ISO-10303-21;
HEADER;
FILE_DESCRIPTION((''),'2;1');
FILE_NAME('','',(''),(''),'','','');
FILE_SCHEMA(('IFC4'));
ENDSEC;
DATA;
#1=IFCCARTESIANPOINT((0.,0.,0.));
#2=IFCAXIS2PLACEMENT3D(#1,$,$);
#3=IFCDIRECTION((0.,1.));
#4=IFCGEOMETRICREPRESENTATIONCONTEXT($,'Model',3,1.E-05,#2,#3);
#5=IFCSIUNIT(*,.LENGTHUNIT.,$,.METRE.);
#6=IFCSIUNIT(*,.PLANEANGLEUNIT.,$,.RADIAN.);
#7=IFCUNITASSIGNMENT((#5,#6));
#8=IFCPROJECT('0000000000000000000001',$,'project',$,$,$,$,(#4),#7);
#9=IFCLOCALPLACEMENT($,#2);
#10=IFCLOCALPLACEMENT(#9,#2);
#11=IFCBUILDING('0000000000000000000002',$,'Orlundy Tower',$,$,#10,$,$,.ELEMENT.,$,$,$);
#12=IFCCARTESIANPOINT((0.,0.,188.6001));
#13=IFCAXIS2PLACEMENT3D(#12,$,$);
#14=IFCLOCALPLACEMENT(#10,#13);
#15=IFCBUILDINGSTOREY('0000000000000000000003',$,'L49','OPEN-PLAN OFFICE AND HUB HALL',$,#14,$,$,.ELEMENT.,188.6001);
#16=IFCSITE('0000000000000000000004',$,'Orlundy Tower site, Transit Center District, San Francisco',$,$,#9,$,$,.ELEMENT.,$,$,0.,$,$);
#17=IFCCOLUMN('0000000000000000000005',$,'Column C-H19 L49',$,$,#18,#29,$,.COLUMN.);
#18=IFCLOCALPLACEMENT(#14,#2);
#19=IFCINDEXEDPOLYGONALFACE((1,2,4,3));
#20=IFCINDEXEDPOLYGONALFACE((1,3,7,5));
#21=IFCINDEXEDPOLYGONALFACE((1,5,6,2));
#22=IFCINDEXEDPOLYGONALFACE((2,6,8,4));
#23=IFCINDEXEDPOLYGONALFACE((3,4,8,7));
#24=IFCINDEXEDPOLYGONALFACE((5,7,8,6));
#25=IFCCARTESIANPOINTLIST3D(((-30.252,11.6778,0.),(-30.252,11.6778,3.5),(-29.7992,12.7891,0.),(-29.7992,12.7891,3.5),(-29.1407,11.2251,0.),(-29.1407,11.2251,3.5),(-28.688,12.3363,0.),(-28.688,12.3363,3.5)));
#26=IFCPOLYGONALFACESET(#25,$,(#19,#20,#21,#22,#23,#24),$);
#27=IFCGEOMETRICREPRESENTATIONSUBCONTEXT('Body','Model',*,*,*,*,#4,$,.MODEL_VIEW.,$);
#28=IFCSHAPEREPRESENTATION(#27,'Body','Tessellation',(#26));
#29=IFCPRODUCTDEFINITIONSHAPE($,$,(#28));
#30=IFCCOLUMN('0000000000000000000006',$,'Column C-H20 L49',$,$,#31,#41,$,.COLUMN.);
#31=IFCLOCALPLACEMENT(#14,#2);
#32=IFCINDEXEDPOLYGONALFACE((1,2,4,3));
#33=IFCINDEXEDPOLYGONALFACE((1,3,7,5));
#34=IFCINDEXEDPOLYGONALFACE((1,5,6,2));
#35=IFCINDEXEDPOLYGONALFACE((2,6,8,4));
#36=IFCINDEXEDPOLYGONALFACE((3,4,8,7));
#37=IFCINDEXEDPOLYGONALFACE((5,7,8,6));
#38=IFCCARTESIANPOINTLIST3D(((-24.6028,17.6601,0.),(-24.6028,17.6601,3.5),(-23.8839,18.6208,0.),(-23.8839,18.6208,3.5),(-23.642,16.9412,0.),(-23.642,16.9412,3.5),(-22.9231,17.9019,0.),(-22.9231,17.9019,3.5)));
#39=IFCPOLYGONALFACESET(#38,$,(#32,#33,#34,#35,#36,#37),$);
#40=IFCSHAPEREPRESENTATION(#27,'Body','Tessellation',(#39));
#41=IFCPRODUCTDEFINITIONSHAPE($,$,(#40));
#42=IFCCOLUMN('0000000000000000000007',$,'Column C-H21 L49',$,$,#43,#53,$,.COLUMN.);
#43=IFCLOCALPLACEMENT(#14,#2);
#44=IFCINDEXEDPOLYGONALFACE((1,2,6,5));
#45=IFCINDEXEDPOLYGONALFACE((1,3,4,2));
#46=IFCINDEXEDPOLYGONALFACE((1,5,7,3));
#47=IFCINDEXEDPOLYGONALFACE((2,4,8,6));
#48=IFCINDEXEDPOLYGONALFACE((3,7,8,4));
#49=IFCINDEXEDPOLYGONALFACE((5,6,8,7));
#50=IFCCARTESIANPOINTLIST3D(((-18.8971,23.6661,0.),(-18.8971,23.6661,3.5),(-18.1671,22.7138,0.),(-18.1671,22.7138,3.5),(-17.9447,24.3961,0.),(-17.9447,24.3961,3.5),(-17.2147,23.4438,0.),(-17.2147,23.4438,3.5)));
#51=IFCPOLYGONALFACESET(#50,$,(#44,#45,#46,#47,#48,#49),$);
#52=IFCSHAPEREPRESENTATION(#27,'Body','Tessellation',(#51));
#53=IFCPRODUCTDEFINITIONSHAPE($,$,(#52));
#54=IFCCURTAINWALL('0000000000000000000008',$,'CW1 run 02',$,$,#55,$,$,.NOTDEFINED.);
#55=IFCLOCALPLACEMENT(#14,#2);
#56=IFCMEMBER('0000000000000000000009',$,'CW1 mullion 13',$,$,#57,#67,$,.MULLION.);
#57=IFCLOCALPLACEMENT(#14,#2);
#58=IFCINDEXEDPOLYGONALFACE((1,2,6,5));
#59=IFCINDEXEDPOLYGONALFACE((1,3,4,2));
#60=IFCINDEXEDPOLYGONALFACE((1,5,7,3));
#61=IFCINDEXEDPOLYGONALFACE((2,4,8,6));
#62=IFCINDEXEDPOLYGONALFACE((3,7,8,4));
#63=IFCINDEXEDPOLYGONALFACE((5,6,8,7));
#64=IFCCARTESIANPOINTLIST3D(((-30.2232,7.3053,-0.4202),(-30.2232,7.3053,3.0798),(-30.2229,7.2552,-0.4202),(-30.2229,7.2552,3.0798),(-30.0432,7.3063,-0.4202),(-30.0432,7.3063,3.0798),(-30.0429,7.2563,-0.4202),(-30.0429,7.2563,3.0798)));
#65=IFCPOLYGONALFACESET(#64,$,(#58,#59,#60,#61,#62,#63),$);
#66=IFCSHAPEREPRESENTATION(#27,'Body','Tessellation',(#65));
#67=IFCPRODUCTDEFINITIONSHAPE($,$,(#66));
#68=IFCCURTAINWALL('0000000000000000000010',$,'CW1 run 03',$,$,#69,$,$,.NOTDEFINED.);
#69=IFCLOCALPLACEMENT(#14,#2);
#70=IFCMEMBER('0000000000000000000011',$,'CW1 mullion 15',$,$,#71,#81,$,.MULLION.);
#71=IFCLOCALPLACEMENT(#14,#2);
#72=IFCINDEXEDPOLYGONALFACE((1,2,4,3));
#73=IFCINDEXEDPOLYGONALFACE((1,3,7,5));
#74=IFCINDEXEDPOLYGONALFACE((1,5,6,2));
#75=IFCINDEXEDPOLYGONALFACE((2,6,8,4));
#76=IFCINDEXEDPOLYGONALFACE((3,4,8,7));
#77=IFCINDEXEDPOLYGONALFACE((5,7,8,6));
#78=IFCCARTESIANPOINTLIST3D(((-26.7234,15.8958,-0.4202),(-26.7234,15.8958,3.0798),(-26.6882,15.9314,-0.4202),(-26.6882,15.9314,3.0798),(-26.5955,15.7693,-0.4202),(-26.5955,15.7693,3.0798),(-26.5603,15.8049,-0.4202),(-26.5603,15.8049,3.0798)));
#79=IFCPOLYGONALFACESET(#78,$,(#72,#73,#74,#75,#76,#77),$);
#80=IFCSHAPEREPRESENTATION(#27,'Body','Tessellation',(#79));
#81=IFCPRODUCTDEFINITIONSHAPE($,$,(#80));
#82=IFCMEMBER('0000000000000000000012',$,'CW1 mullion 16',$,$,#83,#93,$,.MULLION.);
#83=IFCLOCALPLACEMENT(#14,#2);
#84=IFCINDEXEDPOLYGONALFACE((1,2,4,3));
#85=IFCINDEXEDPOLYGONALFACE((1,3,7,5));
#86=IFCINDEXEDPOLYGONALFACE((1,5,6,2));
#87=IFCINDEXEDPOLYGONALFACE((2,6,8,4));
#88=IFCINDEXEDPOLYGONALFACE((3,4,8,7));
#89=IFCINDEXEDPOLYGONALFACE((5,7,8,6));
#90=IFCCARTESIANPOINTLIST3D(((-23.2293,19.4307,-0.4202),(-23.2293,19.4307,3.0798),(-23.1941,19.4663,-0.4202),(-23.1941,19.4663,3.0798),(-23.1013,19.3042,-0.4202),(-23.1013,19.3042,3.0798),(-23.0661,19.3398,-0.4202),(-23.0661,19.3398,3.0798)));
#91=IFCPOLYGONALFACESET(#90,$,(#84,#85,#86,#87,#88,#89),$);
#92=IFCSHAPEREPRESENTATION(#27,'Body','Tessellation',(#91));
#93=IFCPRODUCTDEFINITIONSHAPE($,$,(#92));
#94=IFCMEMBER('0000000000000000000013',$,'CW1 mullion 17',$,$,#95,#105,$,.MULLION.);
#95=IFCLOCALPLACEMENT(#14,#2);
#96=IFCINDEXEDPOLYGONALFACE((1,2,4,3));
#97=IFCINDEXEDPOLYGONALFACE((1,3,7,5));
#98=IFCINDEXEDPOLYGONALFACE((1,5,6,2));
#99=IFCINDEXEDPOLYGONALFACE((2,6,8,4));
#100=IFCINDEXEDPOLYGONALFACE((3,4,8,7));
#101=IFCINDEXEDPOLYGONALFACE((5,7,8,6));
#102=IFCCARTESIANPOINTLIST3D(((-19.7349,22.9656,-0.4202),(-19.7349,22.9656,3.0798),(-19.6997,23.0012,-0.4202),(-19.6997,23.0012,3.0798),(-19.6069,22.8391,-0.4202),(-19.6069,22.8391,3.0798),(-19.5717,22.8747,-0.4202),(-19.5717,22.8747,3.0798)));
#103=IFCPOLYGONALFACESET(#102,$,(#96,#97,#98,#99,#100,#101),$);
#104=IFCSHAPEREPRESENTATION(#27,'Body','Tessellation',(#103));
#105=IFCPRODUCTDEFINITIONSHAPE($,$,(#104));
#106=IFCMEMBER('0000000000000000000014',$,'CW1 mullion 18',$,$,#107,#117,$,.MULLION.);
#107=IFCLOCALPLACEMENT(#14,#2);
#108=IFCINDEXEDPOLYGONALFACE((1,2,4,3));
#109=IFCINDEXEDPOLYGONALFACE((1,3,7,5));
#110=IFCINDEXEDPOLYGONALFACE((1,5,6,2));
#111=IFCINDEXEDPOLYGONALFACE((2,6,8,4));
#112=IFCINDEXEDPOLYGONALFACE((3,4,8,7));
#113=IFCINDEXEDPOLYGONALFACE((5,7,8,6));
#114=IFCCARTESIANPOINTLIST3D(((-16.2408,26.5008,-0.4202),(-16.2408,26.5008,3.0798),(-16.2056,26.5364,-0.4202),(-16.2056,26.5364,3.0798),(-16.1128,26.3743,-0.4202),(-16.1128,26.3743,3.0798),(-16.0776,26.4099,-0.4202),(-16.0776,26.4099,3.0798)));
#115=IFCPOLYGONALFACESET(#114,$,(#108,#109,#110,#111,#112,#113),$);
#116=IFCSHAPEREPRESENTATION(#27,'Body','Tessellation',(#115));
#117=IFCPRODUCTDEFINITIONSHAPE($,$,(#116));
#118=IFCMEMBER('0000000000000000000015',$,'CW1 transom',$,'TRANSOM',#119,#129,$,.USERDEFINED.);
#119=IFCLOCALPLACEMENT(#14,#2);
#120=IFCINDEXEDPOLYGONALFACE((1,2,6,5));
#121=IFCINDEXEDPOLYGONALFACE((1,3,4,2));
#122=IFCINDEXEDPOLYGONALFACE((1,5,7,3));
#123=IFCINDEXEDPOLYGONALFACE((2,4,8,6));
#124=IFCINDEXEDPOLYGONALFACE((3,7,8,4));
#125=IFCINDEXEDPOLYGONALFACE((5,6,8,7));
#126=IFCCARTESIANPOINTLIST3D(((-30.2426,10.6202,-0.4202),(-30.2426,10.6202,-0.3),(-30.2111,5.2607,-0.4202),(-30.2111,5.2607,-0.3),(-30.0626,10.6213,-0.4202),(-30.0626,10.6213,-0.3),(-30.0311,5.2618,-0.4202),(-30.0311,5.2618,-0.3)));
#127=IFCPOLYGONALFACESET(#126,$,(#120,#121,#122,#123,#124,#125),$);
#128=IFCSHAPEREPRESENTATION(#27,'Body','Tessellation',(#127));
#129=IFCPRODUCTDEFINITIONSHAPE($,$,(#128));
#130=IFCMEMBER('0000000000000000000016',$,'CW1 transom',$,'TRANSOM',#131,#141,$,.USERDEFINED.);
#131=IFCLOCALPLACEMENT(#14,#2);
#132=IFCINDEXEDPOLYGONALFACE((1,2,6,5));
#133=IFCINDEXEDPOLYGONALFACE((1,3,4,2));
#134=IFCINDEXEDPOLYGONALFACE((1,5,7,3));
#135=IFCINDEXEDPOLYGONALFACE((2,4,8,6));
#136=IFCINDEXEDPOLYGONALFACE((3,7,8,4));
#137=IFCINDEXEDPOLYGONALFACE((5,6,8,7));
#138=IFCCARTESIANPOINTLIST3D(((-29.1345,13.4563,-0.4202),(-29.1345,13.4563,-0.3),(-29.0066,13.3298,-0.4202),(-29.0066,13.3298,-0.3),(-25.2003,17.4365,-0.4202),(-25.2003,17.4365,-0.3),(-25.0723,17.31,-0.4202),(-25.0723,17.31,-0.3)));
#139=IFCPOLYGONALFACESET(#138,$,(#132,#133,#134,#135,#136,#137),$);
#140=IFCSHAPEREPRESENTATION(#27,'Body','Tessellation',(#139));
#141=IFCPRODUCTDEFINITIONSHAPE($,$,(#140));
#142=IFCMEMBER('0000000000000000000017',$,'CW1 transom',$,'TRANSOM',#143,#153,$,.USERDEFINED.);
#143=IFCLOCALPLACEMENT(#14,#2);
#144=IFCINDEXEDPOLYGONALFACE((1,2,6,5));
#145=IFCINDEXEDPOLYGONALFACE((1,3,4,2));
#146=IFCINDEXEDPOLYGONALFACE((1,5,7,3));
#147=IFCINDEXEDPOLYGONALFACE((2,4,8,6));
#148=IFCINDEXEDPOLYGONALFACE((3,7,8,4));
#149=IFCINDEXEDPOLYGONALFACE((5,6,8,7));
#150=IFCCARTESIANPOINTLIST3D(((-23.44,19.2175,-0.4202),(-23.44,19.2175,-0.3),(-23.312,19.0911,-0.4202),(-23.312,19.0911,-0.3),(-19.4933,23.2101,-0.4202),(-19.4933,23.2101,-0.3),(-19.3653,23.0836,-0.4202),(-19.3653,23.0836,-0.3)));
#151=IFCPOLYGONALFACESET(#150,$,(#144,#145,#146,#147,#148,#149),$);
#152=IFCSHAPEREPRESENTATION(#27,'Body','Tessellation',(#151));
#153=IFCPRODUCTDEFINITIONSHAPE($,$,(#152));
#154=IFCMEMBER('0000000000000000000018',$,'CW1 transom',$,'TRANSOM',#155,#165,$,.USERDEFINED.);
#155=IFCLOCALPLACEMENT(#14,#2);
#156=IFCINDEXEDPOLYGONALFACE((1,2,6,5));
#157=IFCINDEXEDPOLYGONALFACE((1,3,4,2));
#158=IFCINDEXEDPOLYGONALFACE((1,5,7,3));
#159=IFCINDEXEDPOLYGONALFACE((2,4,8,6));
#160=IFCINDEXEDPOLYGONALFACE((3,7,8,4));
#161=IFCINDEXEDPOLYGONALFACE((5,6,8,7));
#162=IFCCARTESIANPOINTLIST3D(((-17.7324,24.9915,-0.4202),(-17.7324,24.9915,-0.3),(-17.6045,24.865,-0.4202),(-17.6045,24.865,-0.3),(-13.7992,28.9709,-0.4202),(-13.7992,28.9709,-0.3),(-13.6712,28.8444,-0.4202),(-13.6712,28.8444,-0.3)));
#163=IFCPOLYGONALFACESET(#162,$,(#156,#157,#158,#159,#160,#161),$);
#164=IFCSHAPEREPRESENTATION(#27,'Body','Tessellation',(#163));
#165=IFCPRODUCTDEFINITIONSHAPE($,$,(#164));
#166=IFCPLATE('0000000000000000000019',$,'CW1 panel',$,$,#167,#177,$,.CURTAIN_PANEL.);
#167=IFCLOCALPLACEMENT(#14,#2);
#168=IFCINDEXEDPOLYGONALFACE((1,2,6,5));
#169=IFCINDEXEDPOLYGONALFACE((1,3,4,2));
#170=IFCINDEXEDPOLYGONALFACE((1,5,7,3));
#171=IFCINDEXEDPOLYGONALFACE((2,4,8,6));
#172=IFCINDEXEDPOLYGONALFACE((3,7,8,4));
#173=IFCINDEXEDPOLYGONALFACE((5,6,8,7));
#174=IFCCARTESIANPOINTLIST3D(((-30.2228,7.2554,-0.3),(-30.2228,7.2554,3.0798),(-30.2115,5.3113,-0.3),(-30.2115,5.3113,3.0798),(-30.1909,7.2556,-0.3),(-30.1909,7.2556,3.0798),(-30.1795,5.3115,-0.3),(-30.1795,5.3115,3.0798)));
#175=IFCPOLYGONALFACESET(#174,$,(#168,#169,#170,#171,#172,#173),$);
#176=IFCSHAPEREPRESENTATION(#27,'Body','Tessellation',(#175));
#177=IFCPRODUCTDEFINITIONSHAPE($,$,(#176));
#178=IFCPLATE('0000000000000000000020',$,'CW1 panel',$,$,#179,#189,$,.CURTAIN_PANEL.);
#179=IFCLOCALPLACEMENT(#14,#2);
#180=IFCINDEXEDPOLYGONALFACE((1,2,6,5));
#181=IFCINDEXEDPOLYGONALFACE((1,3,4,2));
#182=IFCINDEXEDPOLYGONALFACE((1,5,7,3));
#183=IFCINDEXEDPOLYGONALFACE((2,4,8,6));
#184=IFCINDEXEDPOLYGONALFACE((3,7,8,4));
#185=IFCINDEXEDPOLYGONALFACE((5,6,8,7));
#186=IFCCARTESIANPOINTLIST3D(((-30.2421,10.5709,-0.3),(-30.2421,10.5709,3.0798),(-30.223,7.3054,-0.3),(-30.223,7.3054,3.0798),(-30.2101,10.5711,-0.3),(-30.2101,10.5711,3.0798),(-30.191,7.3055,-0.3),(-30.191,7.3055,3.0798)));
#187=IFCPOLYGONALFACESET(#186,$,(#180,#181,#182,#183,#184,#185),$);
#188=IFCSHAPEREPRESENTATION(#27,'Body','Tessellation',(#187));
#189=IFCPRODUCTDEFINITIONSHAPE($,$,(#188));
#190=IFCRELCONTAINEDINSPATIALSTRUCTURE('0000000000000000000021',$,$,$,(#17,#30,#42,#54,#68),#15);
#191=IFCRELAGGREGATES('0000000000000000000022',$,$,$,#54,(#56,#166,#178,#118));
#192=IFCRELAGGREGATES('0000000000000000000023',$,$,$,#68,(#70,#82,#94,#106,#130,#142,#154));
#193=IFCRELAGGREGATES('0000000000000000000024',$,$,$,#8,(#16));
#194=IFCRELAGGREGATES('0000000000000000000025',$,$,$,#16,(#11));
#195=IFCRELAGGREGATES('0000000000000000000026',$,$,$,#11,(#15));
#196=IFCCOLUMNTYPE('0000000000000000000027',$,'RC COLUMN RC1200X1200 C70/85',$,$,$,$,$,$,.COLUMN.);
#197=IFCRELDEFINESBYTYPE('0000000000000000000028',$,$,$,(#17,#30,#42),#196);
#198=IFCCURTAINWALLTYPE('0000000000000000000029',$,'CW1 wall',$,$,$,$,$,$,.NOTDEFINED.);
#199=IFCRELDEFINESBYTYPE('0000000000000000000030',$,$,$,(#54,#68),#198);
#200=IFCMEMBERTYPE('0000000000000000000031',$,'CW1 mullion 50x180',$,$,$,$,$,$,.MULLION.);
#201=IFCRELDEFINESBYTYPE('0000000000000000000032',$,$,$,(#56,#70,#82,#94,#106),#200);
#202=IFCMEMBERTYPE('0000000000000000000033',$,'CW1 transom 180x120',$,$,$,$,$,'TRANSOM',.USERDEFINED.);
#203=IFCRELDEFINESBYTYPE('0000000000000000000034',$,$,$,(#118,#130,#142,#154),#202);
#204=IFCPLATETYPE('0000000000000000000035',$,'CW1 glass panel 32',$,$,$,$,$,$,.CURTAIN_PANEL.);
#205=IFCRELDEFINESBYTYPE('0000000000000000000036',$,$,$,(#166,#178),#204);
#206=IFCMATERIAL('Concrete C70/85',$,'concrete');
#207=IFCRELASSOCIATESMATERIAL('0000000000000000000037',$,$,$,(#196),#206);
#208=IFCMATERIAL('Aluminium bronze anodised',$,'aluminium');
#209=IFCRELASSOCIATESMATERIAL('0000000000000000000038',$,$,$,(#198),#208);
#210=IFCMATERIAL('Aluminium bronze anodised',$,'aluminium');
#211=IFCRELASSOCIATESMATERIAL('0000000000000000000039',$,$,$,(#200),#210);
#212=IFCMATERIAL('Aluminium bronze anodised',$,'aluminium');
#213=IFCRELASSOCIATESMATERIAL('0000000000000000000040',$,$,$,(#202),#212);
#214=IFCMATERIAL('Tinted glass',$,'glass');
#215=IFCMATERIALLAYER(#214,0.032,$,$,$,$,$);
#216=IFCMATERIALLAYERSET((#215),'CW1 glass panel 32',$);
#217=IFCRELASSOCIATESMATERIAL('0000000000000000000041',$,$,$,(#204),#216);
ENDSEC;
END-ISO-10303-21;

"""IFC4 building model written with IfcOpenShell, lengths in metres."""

from ifc_helpers import new_model, si_unit, direction, frame, origin, origin_2d, place, context, subcontext, project, spatial, rectangle, extrude, material, layer, layer_set, material_profile, profile_set, type_object, element, aggregate, save


model = new_model("IFC4")

# Units and contexts
model_context = context("Model", 3, precision=1e-05, world=origin(), true_north=direction((0.0, 1.0)))
body_context = subcontext(model_context, "Body", "Model", "MODEL_VIEW")
ifc_project = project(units=[si_unit("LENGTHUNIT", "METRE"), si_unit("PLANEANGLEUNIT", "RADIAN")], contexts=[model_context])

# Site, building, storey
site_placement = place(None, origin())
site = spatial("IfcSite", under=ifc_project, at=site_placement, Name="Orlundy Tower site, Transit Center District, San Francisco", CompositionType="ELEMENT", RefElevation=0.0)
building_placement = place(site_placement, origin())
building = spatial("IfcBuilding", under=site, at=building_placement, Name="Orlundy Tower", CompositionType="ELEMENT")
storey_placement = place(building_placement, frame((0.0, 0.0, 188.6001)))
storey = spatial("IfcBuildingStorey", under=building, at=storey_placement, Name="L49", Description="OPEN-PLAN OFFICE AND HUB HALL", CompositionType="ELEMENT", Elevation=188.6001)

# Columns
ifc_material_1 = material(Name="Concrete C70/85", Category="concrete")
ifc_material_profile_1 = material_profile(ifc_material_1, rectangle(XDim=1.2, YDim=1.2, at=origin_2d()), Name="RC1200X1200")
ifc_profile_set_1 = profile_set([ifc_material_profile_1], Name="Concrete C70/85")
column_type = type_object("IfcColumnType", Name="RC COLUMN RC1200X1200 C70/85", PredefinedType="COLUMN", material=ifc_profile_set_1)
for number, where, z_axis, x_axis, name in (
    (1, (-29.47, 12.0071, 0.0), (0.0, 0.0, 1.0), (-0.926081, 0.377324, 0.0), "Column C-H19 L49"),
    (2, (-23.7629, 17.781, 0.0), (0.0, 0.0, 1.0), (-0.800669, 0.599107, 0.0), "Column C-H20 L49"),
    (3, (-18.0559, 23.5549, 0.0), (0.0, 0.0, 1.0), (-0.608374, 0.793651, 0.0), "Column C-H21 L49"),
):
    element("IfcColumn", number, at=place(storey_placement, frame(where, z_axis=z_axis, x_axis=x_axis)), inside=storey, type_object=column_type, Name=name, PredefinedType="COLUMN", context=body_context, shape_type="SweptSolid", body=[
        extrude(rectangle(XDim=1.2, YDim=1.2, at=origin_2d()), origin(), (0.0, 0.0, 1.0), 3.5),
    ])

# Curtain wall, member
ifc_material_2 = material(Name="Aluminium bronze anodised", Category="aluminium")
curtain_wall_type = type_object("IfcCurtainWallType", Name="CW1 wall", PredefinedType="NOTDEFINED", material=ifc_material_2)
curtain_wall_1_placement = place(storey_placement, origin())
curtain_wall_1 = element("IfcCurtainWall", 4, at=curtain_wall_1_placement, inside=storey, type_object=curtain_wall_type, Name="CW1 run 02", PredefinedType="NOTDEFINED")
ifc_material_3 = material(Name="Aluminium bronze anodised", Category="aluminium")
ifc_material_profile_2 = material_profile(ifc_material_3, rectangle(XDim=0.1799, YDim=0.05, at=origin_2d()), Name="CW1 mullion 50x180")
ifc_profile_set_2 = profile_set([ifc_material_profile_2], Name="Aluminium bronze anodised")
member_type_1 = type_object("IfcMemberType", Name="CW1 mullion 50x180", PredefinedType="MULLION", material=ifc_profile_set_2)
member_1_placement = place(storey_placement, frame((-30.1331, 7.2808, -0.4202), z_axis=(0.0, 0.0, 1.0), x_axis=(-0.999983, -0.005834, 0.0)))
member_1 = element("IfcMember", 5, at=member_1_placement, type_object=member_type_1, Name="CW1 mullion 13", PredefinedType="MULLION", context=body_context, shape_type="SweptSolid", body=[
    extrude(rectangle(XDim=0.1799, YDim=0.05, at=origin_2d()), origin(), (0.0, 0.0, 1.0), 3.5),
])

# Curtain wall, members
curtain_wall_2_placement = place(storey_placement, origin())
curtain_wall_2 = element("IfcCurtainWall", 6, at=curtain_wall_2_placement, inside=storey, type_object=curtain_wall_type, Name="CW1 run 03", PredefinedType="NOTDEFINED")
member_2_placement = place(storey_placement, frame((-26.6418, 15.8503, -0.4202), z_axis=(0.0, 0.0, 1.0), x_axis=(-0.711199, 0.702991, 0.0)))
member_2 = element("IfcMember", 7, at=member_2_placement, type_object=member_type_1, Name="CW1 mullion 15", PredefinedType="MULLION", context=body_context, shape_type="SweptSolid", body=[
    extrude(rectangle(XDim=0.1799, YDim=0.05, at=origin_2d()), origin(), (0.0, 0.0, 1.0), 3.5),
])
member_3_placement = place(storey_placement, frame((-23.1477, 19.3853, -0.4202), z_axis=(0.0, 0.0, 1.0), x_axis=(-0.711199, 0.702991, 0.0)))
member_3 = element("IfcMember", 8, at=member_3_placement, type_object=member_type_1, Name="CW1 mullion 16", PredefinedType="MULLION", context=body_context, shape_type="SweptSolid", body=[
    extrude(rectangle(XDim=0.1799, YDim=0.05, at=origin_2d()), origin(), (0.0, 0.0, 1.0), 3.5),
])
member_4_placement = place(storey_placement, frame((-19.6533, 22.9202, -0.4202), z_axis=(0.0, 0.0, 1.0), x_axis=(-0.711199, 0.702991, 0.0)))
member_4 = element("IfcMember", 9, at=member_4_placement, type_object=member_type_1, Name="CW1 mullion 17", PredefinedType="MULLION", context=body_context, shape_type="SweptSolid", body=[
    extrude(rectangle(XDim=0.1799, YDim=0.05, at=origin_2d()), origin(), (0.0, 0.0, 1.0), 3.5),
])
member_5_placement = place(storey_placement, frame((-16.1592, 26.4553, -0.4202), z_axis=(0.0, 0.0, 1.0), x_axis=(-0.711199, 0.702991, 0.0)))
member_5 = element("IfcMember", 10, at=member_5_placement, type_object=member_type_1, Name="CW1 mullion 18", PredefinedType="MULLION", context=body_context, shape_type="SweptSolid", body=[
    extrude(rectangle(XDim=0.1799, YDim=0.05, at=origin_2d()), origin(), (0.0, 0.0, 1.0), 3.5),
])

# Members
ifc_material_4 = material(Name="Aluminium bronze anodised", Category="aluminium")
ifc_material_profile_3 = material_profile(ifc_material_4, rectangle(XDim=0.1799, YDim=0.1201, at=origin_2d()), Name="CW1 transom 180x120")
ifc_profile_set_3 = profile_set([ifc_material_profile_3], Name="Aluminium bronze anodised")
member_type_2 = type_object("IfcMemberType", Name="CW1 transom 180x120", ElementType="TRANSOM", PredefinedType="USERDEFINED", material=ifc_profile_set_3)
member_6_placement = place(storey_placement, frame((-30.1211, 5.2612, -0.3601), z_axis=(-0.005876, 0.999983, 0.0), x_axis=(-0.999983, -0.005876, 0.0)))
member_6 = element("IfcMember", 11, at=member_6_placement, type_object=member_type_2, Name="CW1 transom", ObjectType="TRANSOM", PredefinedType="USERDEFINED", context=body_context, shape_type="SweptSolid", body=[
    extrude(rectangle(XDim=0.1799, YDim=0.1201, at=origin_2d()), origin(), (0.0, 0.0, 1.0), 5.3596),
])
member_7_placement = place(storey_placement, frame((-29.0706, 13.3931, -0.3601), z_axis=(0.702994, 0.711196, 0.0), x_axis=(-0.711196, 0.702994, 0.0)))
member_7 = element("IfcMember", 12, at=member_7_placement, type_object=member_type_2, Name="CW1 transom", ObjectType="TRANSOM", PredefinedType="USERDEFINED", context=body_context, shape_type="SweptSolid", body=[
    extrude(rectangle(XDim=0.1799, YDim=0.1201, at=origin_2d()), origin(), (0.0, 0.0, 1.0), 5.5964),
])
member_8_placement = place(storey_placement, frame((-23.376, 19.1543, -0.3601), z_axis=(0.703007, 0.711183, 0.0), x_axis=(-0.711183, 0.703007, 0.0)))
member_8 = element("IfcMember", 13, at=member_8_placement, type_object=member_type_2, Name="CW1 transom", ObjectType="TRANSOM", PredefinedType="USERDEFINED", context=body_context, shape_type="SweptSolid", body=[
    extrude(rectangle(XDim=0.1799, YDim=0.1201, at=origin_2d()), origin(), (0.0, 0.0, 1.0), 5.614),
])
member_9_placement = place(storey_placement, frame((-17.6685, 24.9282, -0.3601), z_axis=(0.702971, 0.711218, 0.0), x_axis=(-0.711218, 0.702971, 0.0)))
member_9 = element("IfcMember", 14, at=member_9_placement, type_object=member_type_2, Name="CW1 transom", ObjectType="TRANSOM", PredefinedType="USERDEFINED", context=body_context, shape_type="SweptSolid", body=[
    extrude(rectangle(XDim=0.1799, YDim=0.1201, at=origin_2d()), origin(), (0.0, 0.0, 1.0), 5.5952),
])

# Plates
ifc_material_5 = material(Name="Tinted glass", Category="glass")
ifc_layer_1 = layer(ifc_material_5, 0.032)
ifc_layer_set_1 = layer_set([ifc_layer_1], Name="CW1 glass panel 32")
plate_type = type_object("IfcPlateType", Name="CW1 glass panel 32", PredefinedType="CURTAIN_PANEL", material=ifc_layer_set_1)
plate_1_placement = place(storey_placement, frame((-30.2012, 6.2834, -0.3), z_axis=(0.0, 0.0, 1.0), x_axis=(-0.005834, 0.999983, 0.0)))
plate_1 = element("IfcPlate", 15, at=plate_1_placement, type_object=plate_type, Name="CW1 panel", PredefinedType="CURTAIN_PANEL", context=body_context, shape_type="SweptSolid", body=[
    extrude(rectangle(XDim=1.9441, YDim=0.032, at=origin_2d()), origin(), (0.0, 0.0, 1.0), 3.3799),
])
plate_2_placement = place(storey_placement, frame((-30.2166, 8.9382, -0.3), z_axis=(0.0, 0.0, 1.0), x_axis=(-0.005834, 0.999983, 0.0)))
plate_2 = element("IfcPlate", 16, at=plate_2_placement, type_object=plate_type, Name="CW1 panel", PredefinedType="CURTAIN_PANEL", context=body_context, shape_type="SweptSolid", body=[
    extrude(rectangle(XDim=3.2656, YDim=0.032, at=origin_2d()), origin(), (0.0, 0.0, 1.0), 3.3799),
])
aggregate(curtain_wall_1, [member_1, plate_1, plate_2, member_6])
aggregate(curtain_wall_2, [member_2, member_3, member_4, member_5, member_7, member_8, member_9])

save(model, "model.ifc")
